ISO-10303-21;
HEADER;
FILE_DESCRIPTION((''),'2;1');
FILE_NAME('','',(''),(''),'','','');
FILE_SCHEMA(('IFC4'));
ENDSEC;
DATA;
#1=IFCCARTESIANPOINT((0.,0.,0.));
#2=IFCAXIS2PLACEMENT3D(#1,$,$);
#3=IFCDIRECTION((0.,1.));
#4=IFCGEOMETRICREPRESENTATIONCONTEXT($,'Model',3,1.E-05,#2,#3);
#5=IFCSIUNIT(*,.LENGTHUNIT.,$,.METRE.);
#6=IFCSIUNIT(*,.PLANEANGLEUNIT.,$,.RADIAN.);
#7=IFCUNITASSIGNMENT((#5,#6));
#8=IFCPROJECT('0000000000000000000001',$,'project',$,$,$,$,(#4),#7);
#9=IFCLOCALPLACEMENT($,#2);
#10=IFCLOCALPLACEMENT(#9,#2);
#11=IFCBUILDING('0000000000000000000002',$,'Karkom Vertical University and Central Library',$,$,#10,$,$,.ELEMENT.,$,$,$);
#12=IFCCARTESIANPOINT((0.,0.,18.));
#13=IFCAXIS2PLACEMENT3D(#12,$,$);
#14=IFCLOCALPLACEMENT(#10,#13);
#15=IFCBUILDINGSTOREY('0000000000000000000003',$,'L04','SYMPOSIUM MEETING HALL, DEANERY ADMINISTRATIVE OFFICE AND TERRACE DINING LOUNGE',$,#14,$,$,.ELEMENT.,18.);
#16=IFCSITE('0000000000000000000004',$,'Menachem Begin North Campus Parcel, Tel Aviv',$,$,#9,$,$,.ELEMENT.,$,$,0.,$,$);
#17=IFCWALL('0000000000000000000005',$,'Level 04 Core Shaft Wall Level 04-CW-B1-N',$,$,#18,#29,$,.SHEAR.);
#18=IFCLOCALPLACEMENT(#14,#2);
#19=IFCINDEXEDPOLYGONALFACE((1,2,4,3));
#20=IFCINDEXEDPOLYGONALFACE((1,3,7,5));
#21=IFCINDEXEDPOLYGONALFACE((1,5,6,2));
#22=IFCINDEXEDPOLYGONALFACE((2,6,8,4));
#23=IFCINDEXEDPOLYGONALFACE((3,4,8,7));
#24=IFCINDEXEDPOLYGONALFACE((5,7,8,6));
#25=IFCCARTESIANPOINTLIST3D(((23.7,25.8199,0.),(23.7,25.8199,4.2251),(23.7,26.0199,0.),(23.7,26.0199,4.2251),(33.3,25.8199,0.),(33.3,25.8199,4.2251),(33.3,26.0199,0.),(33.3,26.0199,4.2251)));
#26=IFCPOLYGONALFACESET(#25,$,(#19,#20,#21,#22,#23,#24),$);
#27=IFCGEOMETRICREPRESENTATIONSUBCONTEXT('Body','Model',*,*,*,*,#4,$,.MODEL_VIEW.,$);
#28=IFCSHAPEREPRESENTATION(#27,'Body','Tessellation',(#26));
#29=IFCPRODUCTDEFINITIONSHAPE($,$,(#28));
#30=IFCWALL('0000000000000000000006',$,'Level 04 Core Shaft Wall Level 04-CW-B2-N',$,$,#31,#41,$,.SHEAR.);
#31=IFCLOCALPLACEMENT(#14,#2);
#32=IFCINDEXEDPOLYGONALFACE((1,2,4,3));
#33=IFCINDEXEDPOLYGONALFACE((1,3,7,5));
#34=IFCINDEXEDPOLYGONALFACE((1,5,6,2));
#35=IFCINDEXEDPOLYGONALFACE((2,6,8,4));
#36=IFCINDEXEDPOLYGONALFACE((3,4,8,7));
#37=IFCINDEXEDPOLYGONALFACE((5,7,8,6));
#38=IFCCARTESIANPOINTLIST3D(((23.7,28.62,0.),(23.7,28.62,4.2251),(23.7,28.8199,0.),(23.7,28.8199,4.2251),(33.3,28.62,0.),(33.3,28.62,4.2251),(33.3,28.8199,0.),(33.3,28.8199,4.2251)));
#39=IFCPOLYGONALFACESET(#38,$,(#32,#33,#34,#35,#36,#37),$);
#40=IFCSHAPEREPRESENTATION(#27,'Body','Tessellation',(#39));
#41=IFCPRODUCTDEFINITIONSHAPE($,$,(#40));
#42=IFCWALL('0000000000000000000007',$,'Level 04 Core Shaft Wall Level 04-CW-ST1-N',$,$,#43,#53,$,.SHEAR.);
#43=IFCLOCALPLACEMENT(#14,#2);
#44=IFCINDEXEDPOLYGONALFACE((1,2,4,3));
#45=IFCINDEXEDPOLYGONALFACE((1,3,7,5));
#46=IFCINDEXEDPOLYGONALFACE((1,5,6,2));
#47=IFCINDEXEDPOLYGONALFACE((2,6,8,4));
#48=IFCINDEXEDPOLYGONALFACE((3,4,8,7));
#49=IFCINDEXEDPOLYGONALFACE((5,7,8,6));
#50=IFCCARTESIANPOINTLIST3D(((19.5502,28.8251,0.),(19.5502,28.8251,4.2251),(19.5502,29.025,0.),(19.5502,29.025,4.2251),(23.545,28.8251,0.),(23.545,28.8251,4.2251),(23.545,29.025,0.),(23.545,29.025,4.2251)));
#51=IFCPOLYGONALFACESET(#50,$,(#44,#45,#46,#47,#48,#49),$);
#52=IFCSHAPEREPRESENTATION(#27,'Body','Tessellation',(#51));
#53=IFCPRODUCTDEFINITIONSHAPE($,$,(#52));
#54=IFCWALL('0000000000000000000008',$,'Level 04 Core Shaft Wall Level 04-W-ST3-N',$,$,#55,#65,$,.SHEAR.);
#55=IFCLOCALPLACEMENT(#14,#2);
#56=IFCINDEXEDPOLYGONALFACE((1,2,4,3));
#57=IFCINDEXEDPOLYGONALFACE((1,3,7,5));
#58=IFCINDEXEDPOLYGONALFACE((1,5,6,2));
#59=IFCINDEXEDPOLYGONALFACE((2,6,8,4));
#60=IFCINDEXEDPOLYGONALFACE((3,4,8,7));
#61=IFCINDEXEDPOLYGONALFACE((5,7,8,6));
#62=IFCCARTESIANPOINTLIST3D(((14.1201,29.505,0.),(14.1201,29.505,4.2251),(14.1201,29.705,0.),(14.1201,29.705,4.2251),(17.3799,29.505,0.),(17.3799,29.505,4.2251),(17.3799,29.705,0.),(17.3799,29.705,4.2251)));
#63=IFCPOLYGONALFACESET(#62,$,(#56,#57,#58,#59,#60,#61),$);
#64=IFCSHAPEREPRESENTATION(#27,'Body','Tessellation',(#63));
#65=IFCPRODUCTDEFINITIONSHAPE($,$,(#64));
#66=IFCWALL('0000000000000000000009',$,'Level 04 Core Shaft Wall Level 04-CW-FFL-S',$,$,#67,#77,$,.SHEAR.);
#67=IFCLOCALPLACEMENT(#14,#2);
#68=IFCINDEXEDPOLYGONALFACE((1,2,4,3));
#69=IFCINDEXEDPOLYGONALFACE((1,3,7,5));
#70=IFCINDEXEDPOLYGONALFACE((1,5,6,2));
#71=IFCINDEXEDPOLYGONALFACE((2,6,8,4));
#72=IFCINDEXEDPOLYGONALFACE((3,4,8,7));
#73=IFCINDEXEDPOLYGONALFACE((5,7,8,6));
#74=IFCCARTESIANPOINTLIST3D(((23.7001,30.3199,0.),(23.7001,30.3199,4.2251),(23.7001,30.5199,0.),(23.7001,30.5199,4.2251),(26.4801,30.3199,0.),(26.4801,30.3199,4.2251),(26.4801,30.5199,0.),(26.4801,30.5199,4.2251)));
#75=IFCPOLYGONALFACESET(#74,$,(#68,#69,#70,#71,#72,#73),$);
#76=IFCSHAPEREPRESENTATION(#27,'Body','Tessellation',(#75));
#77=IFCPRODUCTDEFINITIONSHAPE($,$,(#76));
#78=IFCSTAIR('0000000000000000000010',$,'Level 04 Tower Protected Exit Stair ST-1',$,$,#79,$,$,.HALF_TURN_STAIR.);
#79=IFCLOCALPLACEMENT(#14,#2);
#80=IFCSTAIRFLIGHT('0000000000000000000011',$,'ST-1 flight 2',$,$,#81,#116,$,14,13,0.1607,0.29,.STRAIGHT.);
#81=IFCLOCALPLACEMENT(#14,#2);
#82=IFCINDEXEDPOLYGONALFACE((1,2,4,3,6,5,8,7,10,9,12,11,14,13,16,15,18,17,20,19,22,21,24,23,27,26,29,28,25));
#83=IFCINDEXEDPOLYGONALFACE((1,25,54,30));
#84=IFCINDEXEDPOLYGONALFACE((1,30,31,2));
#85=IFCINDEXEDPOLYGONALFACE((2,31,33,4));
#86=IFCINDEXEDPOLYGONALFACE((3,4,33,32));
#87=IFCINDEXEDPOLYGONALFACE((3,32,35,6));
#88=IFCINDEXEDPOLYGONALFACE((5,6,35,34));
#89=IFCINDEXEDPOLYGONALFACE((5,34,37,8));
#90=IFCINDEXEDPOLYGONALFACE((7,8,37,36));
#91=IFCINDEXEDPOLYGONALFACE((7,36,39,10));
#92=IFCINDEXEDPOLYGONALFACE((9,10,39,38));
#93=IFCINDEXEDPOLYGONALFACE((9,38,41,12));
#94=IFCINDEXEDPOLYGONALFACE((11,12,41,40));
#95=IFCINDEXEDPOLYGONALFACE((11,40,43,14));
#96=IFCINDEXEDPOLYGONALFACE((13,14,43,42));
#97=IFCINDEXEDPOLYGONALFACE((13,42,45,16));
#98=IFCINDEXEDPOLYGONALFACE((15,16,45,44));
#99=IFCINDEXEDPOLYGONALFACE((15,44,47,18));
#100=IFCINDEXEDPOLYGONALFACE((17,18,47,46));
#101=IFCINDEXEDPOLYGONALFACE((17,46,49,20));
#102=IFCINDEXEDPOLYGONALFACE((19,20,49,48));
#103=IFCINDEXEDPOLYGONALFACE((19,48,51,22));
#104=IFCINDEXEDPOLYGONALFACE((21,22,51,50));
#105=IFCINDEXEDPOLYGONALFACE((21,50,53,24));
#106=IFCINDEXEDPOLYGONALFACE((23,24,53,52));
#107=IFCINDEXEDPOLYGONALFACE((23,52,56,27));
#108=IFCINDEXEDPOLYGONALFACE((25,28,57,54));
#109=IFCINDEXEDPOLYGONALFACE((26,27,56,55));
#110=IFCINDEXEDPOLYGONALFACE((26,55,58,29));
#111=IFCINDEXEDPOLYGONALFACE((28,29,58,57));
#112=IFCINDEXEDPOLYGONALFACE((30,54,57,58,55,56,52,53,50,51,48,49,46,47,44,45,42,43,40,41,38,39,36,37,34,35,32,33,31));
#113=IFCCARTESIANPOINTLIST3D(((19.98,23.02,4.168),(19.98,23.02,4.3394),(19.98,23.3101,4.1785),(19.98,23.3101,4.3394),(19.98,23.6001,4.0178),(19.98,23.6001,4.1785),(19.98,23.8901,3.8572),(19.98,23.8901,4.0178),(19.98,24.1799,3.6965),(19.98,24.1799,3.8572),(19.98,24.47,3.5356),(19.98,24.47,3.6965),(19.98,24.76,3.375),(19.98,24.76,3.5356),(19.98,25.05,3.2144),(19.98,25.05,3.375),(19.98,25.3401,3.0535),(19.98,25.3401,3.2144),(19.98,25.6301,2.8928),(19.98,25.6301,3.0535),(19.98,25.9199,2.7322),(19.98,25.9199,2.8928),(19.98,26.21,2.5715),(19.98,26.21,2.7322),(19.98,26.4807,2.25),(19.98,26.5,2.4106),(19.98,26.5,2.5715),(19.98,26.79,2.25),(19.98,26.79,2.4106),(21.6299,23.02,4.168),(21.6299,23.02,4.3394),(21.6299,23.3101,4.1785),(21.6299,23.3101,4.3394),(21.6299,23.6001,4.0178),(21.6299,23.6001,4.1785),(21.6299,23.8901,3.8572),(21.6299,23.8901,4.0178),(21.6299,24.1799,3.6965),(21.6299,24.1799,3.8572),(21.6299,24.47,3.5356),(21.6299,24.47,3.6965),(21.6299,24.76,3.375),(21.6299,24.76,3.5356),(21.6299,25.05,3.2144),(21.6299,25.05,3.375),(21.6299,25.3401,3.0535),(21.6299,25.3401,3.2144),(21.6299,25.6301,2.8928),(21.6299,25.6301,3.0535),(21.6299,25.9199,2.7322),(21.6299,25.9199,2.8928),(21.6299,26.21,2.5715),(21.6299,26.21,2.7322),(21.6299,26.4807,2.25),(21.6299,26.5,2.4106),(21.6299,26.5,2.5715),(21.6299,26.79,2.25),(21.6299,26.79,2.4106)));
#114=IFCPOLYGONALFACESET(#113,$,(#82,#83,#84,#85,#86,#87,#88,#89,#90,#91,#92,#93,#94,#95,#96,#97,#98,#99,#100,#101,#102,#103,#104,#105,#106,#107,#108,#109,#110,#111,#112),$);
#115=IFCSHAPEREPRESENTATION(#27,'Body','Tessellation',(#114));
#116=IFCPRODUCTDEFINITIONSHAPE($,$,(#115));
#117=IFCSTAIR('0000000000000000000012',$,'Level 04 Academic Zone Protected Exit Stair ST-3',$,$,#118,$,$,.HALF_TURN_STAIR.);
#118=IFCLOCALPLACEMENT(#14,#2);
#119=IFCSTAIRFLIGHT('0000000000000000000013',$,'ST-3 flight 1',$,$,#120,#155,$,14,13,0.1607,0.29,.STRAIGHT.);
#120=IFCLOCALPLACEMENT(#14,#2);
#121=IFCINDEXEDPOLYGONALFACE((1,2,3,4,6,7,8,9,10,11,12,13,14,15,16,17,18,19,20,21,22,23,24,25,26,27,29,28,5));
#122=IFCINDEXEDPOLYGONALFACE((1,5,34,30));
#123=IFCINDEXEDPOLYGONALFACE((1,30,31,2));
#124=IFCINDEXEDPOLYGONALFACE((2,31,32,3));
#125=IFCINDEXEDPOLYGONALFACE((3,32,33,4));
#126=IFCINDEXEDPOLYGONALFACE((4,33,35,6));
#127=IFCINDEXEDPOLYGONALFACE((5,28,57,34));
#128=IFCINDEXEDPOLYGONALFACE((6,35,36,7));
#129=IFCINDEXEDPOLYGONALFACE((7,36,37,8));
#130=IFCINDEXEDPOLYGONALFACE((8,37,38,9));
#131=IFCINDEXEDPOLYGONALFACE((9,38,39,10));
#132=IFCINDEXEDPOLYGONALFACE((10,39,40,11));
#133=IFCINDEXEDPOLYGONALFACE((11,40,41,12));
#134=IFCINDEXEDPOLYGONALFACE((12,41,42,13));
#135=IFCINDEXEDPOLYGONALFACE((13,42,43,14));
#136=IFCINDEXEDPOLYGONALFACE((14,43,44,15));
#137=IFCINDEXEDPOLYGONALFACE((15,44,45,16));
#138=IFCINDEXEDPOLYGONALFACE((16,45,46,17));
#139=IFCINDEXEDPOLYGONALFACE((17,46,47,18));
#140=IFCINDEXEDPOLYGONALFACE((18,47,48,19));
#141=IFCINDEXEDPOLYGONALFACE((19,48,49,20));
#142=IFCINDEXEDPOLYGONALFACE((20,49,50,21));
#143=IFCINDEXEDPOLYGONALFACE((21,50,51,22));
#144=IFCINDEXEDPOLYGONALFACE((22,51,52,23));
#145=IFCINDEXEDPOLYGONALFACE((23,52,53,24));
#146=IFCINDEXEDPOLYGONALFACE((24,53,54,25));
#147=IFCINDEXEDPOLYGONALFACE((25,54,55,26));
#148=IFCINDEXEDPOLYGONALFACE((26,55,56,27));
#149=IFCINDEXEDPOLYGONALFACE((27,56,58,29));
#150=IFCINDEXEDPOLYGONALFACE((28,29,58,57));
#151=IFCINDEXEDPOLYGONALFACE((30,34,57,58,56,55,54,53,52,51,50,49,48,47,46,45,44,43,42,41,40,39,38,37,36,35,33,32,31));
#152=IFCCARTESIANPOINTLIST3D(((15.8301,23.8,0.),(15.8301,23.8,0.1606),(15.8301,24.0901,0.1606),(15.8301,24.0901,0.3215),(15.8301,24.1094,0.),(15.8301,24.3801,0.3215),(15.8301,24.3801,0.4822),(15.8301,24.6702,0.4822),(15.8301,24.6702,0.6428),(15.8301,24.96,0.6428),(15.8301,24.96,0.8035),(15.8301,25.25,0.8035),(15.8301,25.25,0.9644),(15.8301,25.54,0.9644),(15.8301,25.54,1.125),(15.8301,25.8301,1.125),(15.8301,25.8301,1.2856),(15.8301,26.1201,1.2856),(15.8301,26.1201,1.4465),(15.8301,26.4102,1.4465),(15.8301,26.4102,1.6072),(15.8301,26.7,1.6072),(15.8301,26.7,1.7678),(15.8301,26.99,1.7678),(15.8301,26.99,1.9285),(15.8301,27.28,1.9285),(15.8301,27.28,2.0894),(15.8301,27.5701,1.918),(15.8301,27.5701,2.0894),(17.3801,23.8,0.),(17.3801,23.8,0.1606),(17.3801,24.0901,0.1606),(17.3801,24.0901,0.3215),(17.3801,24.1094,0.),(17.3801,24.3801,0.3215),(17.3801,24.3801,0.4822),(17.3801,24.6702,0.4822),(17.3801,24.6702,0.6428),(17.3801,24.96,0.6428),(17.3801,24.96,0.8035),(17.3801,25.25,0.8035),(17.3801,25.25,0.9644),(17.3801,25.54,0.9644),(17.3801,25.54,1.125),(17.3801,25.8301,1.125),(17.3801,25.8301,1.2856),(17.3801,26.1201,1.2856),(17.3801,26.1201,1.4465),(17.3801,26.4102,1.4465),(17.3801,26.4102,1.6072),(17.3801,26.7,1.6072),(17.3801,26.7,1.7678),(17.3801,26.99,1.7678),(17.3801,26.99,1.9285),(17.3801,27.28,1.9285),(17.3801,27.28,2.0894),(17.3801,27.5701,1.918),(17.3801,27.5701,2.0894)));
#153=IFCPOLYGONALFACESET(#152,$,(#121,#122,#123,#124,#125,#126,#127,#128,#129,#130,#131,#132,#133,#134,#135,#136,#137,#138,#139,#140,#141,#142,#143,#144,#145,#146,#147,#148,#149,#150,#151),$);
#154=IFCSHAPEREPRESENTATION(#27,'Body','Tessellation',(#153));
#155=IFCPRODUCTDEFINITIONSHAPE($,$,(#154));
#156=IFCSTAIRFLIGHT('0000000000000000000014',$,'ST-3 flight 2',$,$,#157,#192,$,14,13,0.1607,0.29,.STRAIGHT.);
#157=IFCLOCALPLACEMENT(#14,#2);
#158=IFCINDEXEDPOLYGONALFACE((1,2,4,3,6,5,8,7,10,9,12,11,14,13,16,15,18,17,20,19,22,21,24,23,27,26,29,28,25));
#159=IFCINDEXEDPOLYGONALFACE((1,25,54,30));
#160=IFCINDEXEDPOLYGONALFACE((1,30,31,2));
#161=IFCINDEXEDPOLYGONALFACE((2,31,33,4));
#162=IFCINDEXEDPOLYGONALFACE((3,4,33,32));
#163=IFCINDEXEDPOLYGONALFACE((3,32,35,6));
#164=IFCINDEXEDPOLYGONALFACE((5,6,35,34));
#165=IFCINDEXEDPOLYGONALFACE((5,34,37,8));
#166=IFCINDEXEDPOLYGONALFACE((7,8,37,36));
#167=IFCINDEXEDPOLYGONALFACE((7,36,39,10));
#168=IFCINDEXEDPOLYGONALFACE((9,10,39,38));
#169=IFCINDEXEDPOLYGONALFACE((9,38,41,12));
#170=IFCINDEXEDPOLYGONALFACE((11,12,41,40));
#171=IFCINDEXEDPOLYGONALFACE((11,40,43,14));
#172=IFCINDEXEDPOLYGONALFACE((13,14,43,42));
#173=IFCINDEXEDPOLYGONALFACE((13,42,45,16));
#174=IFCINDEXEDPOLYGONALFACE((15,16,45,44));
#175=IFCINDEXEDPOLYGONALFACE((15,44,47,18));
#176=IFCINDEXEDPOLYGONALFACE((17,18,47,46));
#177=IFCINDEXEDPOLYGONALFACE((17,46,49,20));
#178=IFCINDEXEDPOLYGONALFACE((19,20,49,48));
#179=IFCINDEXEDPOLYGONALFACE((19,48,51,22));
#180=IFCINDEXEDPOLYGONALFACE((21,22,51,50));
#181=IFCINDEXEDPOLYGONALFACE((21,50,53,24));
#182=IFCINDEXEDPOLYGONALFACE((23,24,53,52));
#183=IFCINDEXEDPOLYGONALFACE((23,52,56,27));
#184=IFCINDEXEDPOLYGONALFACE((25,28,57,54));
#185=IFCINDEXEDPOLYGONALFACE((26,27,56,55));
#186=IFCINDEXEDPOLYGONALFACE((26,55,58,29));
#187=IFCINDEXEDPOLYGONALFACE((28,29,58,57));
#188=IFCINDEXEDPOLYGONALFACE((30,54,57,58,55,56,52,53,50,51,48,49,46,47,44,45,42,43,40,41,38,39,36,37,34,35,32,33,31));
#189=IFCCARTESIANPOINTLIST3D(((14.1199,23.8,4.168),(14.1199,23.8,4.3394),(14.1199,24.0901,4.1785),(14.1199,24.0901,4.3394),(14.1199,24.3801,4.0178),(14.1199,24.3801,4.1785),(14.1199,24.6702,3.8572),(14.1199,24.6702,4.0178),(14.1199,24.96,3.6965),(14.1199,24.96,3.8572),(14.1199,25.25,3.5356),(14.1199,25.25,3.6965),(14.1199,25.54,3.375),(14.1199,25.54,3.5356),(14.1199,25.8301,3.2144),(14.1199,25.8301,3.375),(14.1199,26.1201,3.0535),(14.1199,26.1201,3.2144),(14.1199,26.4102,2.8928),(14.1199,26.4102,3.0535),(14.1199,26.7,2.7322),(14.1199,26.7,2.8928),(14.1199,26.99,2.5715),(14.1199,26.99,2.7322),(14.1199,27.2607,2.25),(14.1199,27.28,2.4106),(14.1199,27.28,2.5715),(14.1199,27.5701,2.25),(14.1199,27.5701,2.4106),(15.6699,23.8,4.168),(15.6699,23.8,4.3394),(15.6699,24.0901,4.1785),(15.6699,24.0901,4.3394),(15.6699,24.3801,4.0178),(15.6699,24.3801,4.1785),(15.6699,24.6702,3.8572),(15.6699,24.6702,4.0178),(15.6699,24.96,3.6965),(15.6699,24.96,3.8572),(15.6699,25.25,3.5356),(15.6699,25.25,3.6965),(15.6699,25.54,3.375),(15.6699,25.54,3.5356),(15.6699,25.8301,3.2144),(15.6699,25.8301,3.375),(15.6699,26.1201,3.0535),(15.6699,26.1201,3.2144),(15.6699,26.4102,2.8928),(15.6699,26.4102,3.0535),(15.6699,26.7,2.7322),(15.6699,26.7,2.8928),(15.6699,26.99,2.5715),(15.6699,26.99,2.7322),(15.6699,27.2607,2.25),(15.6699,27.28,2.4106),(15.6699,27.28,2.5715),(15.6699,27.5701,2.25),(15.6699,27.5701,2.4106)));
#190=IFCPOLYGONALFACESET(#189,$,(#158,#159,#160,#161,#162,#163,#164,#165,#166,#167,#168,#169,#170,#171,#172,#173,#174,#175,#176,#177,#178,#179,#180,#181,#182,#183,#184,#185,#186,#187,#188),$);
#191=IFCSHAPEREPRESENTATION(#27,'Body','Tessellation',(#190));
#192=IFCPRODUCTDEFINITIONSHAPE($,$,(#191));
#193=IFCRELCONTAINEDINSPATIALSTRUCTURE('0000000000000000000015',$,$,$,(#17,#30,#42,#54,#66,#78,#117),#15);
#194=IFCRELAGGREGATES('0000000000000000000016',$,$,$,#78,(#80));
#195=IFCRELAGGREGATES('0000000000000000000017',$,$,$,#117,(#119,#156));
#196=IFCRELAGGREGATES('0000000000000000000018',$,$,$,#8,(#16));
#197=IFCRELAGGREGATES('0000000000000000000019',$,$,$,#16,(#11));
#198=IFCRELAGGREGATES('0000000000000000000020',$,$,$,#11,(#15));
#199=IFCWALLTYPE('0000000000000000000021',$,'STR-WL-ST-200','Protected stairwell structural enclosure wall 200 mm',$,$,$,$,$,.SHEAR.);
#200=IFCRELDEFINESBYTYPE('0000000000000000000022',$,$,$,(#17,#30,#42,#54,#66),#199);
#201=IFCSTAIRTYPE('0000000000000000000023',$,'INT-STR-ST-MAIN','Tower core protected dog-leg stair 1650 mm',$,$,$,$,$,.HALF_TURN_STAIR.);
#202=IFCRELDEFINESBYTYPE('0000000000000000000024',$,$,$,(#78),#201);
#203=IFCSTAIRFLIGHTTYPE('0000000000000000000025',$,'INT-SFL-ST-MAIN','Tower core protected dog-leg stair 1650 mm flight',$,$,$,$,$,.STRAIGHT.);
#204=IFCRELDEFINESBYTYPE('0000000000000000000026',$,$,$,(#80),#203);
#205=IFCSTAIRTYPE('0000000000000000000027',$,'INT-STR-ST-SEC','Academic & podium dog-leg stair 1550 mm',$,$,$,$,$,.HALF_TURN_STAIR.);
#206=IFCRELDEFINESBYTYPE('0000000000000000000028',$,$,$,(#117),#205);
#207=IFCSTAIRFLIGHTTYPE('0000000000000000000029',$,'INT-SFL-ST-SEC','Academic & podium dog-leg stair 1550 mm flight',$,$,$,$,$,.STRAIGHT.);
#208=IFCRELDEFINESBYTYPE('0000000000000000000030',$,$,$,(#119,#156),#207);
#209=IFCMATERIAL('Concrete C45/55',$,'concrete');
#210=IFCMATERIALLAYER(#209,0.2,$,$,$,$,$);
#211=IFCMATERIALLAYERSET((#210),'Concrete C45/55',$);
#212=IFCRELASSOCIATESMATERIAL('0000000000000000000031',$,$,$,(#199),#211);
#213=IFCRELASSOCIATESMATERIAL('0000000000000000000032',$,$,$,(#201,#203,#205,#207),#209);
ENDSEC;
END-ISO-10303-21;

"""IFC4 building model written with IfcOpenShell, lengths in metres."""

from ifc_helpers import new_model, si_unit, direction, frame, frame_2d, origin, place, context, subcontext, project, spatial, polyline, rectangle, outline, extrude, material, layer, layer_set, type_object, element, aggregate, save


model = new_model("IFC4")

# Units and contexts
model_context = context("Model", 3, precision=1e-05, world=origin(), true_north=direction((0.0, 1.0)))
body_context = subcontext(model_context, "Body", "Model", "MODEL_VIEW")
ifc_project = project(units=[si_unit("LENGTHUNIT", "METRE"), si_unit("PLANEANGLEUNIT", "RADIAN")], contexts=[model_context])

# Site, building, storey
site_placement = place(None, origin())
site = spatial("IfcSite", under=ifc_project, at=site_placement, Name="Menachem Begin North Campus Parcel, Tel Aviv", CompositionType="ELEMENT", RefElevation=0.0)
building_placement = place(site_placement, origin())
building = spatial("IfcBuilding", under=site, at=building_placement, Name="Karkom Vertical University and Central Library", CompositionType="ELEMENT")
storey_placement = place(building_placement, frame((0.0, 0.0, 18.0)))
storey = spatial("IfcBuildingStorey", under=building, at=storey_placement, Name="L04", Description="SYMPOSIUM MEETING HALL, DEANERY ADMINISTRATIVE OFFICE AND TERRACE DINING LOUNGE", CompositionType="ELEMENT", Elevation=18.0)

# Walls
ifc_material_1 = material(Name="Concrete C45/55", Category="concrete")
ifc_layer_1 = layer(ifc_material_1, 0.2)
ifc_layer_set_1 = layer_set([ifc_layer_1], Name="Concrete C45/55")
wall_type_1 = type_object("IfcWallType", Name="STR-WL-ST-200", Description="Protected stairwell structural enclosure wall 200 mm", PredefinedType="SHEAR", material=ifc_layer_set_1)
for number, where, z_axis, x_axis, name in (
    (1, (23.7, 25.9199, 0.0), (0.0, 0.0, 1.0), (1.0, 0.0, 0.0), "Level 04 Core Shaft Wall Level 04-CW-B1-N"),
    (2, (23.7, 28.72, 0.0), (0.0, 0.0, 1.0), (1.0, 0.0, 0.0), "Level 04 Core Shaft Wall Level 04-CW-B2-N"),
):
    element("IfcWall", number, at=place(storey_placement, frame(where, z_axis=z_axis, x_axis=x_axis)), inside=storey, type_object=wall_type_1, Name=name, PredefinedType="SHEAR", context=body_context, shape_type="SweptSolid", body=[
        extrude(rectangle(XDim=9.6001, YDim=0.2, at=frame_2d((4.8, 0.0))), origin(), (0.0, 0.0, 1.0), 4.2251),
    ])
wall_1_placement = place(storey_placement, frame((19.55, 28.925, 0.0), z_axis=(0.0, 0.0, 1.0), x_axis=(1.0, 0.0, 0.0)))
element("IfcWall", 3, at=wall_1_placement, inside=storey, type_object=wall_type_1, Name="Level 04 Core Shaft Wall Level 04-CW-ST1-N", PredefinedType="SHEAR", context=body_context, shape_type="SweptSolid", body=[
    extrude(rectangle(XDim=3.9949, YDim=0.2, at=frame_2d((1.9976, 0.0))), origin(), (0.0, 0.0, 1.0), 4.2251),
])
wall_2_placement = place(storey_placement, frame((14.1201, 29.605, 0.0), z_axis=(0.0, 0.0, 1.0), x_axis=(1.0, 0.0, 0.0)))
element("IfcWall", 4, at=wall_2_placement, inside=storey, type_object=wall_type_1, Name="Level 04 Core Shaft Wall Level 04-W-ST3-N", PredefinedType="SHEAR", context=body_context, shape_type="SweptSolid", body=[
    extrude(rectangle(XDim=3.2598, YDim=0.2, at=frame_2d((1.6299, 0.0))), origin(), (0.0, 0.0, 1.0), 4.2251),
])
wall_3_placement = place(storey_placement, frame((23.7, 30.4199, 0.0), z_axis=(0.0, 0.0, 1.0), x_axis=(1.0, 0.0, 0.0)))
element("IfcWall", 5, at=wall_3_placement, inside=storey, type_object=wall_type_1, Name="Level 04 Core Shaft Wall Level 04-CW-FFL-S", PredefinedType="SHEAR", context=body_context, shape_type="SweptSolid", body=[
    extrude(rectangle(XDim=2.78, YDim=0.2, at=frame_2d((1.3901, 0.0))), origin(), (0.0, 0.0, 1.0), 4.2251),
])

# Stair, stair flight
stair_type_1 = type_object("IfcStairType", Name="INT-STR-ST-MAIN", Description="Tower core protected dog-leg stair 1650 mm", PredefinedType="HALF_TURN_STAIR", material=ifc_material_1)
stair_1_placement = place(storey_placement, origin())
stair_1 = element("IfcStair", 6, at=stair_1_placement, inside=storey, type_object=stair_type_1, Name="Level 04 Tower Protected Exit Stair ST-1", PredefinedType="HALF_TURN_STAIR")
stair_flight_type_1 = type_object("IfcStairFlightType", Name="INT-SFL-ST-MAIN", Description="Tower core protected dog-leg stair 1650 mm flight", PredefinedType="STRAIGHT", material=ifc_material_1)
stair_flight_1_placement = place(storey_placement, frame((20.8049, 26.79, 2.25), z_axis=(0.0, 0.0, 1.0), x_axis=(0.0, -1.0, 0.0)))
stair_flight_1 = element("IfcStairFlight", 7, at=stair_flight_1_placement, type_object=stair_flight_type_1, Name="ST-1 flight 2", NumberOfRisers=14, NumberOfTreads=13, PredefinedType="STRAIGHT", RiserHeight=0.1607, TreadLength=0.29, context=body_context, shape_type="SweptSolid", body=[
    extrude(outline(polyline([(0.0, 0.0), (0.0, 0.1606), (0.29, 0.1606), (0.29, 0.3215), (0.5801, 0.3215), (0.5801, 0.4822), (0.8701, 0.4822), (0.8701, 0.6428), (1.1599, 0.6428), (1.1599, 0.8035), (1.45, 0.8035), (1.45, 0.9644), (1.74, 0.9644), (1.74, 1.125), (2.03, 1.125), (2.03, 1.2856), (2.3201, 1.2856), (2.3201, 1.4465), (2.6101, 1.4465), (2.6101, 1.6072), (2.8999, 1.6072), (2.8999, 1.7678), (3.1899, 1.7678), (3.1899, 1.9285), (3.48, 1.9285), (3.48, 2.0894), (3.77, 2.0894), (3.77, 2.25), (3.77, 1.918), (0.3093, 0.0), (0.0, 0.0)])), frame((0.0, 0.825, 0.0), z_axis=(0.0, -1.0, 0.0), x_axis=(1.0, 0.0, 0.0)), (0.0, 0.0, 1.0), 1.6499),
])
aggregate(stair_1, [stair_flight_1])

# Stair, stair flights
stair_type_2 = type_object("IfcStairType", Name="INT-STR-ST-SEC", Description="Academic & podium dog-leg stair 1550 mm", PredefinedType="HALF_TURN_STAIR", material=ifc_material_1)
stair_2_placement = place(storey_placement, origin())
stair_2 = element("IfcStair", 8, at=stair_2_placement, inside=storey, type_object=stair_type_2, Name="Level 04 Academic Zone Protected Exit Stair ST-3", PredefinedType="HALF_TURN_STAIR")
stair_flight_type_2 = type_object("IfcStairFlightType", Name="INT-SFL-ST-SEC", Description="Academic & podium dog-leg stair 1550 mm flight", PredefinedType="STRAIGHT", material=ifc_material_1)
stair_flight_2_placement = place(storey_placement, frame((16.605, 23.8, 0.0), z_axis=(0.0, 0.0, 1.0), x_axis=(0.0, 1.0, 0.0)))
stair_flight_2 = element("IfcStairFlight", 9, at=stair_flight_2_placement, type_object=stair_flight_type_2, Name="ST-3 flight 1", NumberOfRisers=14, NumberOfTreads=13, PredefinedType="STRAIGHT", RiserHeight=0.1607, TreadLength=0.29, context=body_context, shape_type="SweptSolid", body=[
    extrude(outline(polyline([(0.0, 0.0), (0.0, 0.1606), (0.29, 0.1606), (0.29, 0.3215), (0.5801, 0.3215), (0.5801, 0.4822), (0.8701, 0.4822), (0.8701, 0.6428), (1.1599, 0.6428), (1.1599, 0.8035), (1.45, 0.8035), (1.45, 0.9644), (1.74, 0.9644), (1.74, 1.125), (2.03, 1.125), (2.03, 1.2856), (2.3201, 1.2856), (2.3201, 1.4465), (2.6101, 1.4465), (2.6101, 1.6072), (2.8999, 1.6072), (2.8999, 1.7678), (3.1899, 1.7678), (3.1899, 1.9285), (3.48, 1.9285), (3.48, 2.0894), (3.77, 2.0894), (3.77, 2.25), (3.77, 1.918), (0.3093, 0.0), (0.0, 0.0)])), frame((0.0, 0.7749, 0.0), z_axis=(0.0, -1.0, 0.0), x_axis=(1.0, 0.0, 0.0)), (0.0, 0.0, 1.0), 1.55),
])
stair_flight_3_placement = place(storey_placement, frame((14.895, 27.5701, 2.25), z_axis=(0.0, 0.0, 1.0), x_axis=(0.0, -1.0, 0.0)))
stair_flight_3 = element("IfcStairFlight", 10, at=stair_flight_3_placement, type_object=stair_flight_type_2, Name="ST-3 flight 2", NumberOfRisers=14, NumberOfTreads=13, PredefinedType="STRAIGHT", RiserHeight=0.1607, TreadLength=0.29, context=body_context, shape_type="SweptSolid", body=[
    extrude(outline(polyline([(0.0, 0.0), (0.0, 0.1606), (0.29, 0.1606), (0.29, 0.3215), (0.5801, 0.3215), (0.5801, 0.4822), (0.8701, 0.4822), (0.8701, 0.6428), (1.1599, 0.6428), (1.1599, 0.8035), (1.45, 0.8035), (1.45, 0.9644), (1.74, 0.9644), (1.74, 1.125), (2.03, 1.125), (2.03, 1.2856), (2.3201, 1.2856), (2.3201, 1.4465), (2.6101, 1.4465), (2.6101, 1.6072), (2.8999, 1.6072), (2.8999, 1.7678), (3.1899, 1.7678), (3.1899, 1.9285), (3.48, 1.9285), (3.48, 2.0894), (3.77, 2.0894), (3.77, 2.25), (3.77, 1.918), (0.3093, 0.0), (0.0, 0.0)])), frame((0.0, 0.7749, 0.0), z_axis=(0.0, -1.0, 0.0), x_axis=(1.0, 0.0, 0.0)), (0.0, 0.0, 1.0), 1.55),
])
aggregate(stair_2, [stair_flight_2, stair_flight_3])

save(model, "model.ifc")
